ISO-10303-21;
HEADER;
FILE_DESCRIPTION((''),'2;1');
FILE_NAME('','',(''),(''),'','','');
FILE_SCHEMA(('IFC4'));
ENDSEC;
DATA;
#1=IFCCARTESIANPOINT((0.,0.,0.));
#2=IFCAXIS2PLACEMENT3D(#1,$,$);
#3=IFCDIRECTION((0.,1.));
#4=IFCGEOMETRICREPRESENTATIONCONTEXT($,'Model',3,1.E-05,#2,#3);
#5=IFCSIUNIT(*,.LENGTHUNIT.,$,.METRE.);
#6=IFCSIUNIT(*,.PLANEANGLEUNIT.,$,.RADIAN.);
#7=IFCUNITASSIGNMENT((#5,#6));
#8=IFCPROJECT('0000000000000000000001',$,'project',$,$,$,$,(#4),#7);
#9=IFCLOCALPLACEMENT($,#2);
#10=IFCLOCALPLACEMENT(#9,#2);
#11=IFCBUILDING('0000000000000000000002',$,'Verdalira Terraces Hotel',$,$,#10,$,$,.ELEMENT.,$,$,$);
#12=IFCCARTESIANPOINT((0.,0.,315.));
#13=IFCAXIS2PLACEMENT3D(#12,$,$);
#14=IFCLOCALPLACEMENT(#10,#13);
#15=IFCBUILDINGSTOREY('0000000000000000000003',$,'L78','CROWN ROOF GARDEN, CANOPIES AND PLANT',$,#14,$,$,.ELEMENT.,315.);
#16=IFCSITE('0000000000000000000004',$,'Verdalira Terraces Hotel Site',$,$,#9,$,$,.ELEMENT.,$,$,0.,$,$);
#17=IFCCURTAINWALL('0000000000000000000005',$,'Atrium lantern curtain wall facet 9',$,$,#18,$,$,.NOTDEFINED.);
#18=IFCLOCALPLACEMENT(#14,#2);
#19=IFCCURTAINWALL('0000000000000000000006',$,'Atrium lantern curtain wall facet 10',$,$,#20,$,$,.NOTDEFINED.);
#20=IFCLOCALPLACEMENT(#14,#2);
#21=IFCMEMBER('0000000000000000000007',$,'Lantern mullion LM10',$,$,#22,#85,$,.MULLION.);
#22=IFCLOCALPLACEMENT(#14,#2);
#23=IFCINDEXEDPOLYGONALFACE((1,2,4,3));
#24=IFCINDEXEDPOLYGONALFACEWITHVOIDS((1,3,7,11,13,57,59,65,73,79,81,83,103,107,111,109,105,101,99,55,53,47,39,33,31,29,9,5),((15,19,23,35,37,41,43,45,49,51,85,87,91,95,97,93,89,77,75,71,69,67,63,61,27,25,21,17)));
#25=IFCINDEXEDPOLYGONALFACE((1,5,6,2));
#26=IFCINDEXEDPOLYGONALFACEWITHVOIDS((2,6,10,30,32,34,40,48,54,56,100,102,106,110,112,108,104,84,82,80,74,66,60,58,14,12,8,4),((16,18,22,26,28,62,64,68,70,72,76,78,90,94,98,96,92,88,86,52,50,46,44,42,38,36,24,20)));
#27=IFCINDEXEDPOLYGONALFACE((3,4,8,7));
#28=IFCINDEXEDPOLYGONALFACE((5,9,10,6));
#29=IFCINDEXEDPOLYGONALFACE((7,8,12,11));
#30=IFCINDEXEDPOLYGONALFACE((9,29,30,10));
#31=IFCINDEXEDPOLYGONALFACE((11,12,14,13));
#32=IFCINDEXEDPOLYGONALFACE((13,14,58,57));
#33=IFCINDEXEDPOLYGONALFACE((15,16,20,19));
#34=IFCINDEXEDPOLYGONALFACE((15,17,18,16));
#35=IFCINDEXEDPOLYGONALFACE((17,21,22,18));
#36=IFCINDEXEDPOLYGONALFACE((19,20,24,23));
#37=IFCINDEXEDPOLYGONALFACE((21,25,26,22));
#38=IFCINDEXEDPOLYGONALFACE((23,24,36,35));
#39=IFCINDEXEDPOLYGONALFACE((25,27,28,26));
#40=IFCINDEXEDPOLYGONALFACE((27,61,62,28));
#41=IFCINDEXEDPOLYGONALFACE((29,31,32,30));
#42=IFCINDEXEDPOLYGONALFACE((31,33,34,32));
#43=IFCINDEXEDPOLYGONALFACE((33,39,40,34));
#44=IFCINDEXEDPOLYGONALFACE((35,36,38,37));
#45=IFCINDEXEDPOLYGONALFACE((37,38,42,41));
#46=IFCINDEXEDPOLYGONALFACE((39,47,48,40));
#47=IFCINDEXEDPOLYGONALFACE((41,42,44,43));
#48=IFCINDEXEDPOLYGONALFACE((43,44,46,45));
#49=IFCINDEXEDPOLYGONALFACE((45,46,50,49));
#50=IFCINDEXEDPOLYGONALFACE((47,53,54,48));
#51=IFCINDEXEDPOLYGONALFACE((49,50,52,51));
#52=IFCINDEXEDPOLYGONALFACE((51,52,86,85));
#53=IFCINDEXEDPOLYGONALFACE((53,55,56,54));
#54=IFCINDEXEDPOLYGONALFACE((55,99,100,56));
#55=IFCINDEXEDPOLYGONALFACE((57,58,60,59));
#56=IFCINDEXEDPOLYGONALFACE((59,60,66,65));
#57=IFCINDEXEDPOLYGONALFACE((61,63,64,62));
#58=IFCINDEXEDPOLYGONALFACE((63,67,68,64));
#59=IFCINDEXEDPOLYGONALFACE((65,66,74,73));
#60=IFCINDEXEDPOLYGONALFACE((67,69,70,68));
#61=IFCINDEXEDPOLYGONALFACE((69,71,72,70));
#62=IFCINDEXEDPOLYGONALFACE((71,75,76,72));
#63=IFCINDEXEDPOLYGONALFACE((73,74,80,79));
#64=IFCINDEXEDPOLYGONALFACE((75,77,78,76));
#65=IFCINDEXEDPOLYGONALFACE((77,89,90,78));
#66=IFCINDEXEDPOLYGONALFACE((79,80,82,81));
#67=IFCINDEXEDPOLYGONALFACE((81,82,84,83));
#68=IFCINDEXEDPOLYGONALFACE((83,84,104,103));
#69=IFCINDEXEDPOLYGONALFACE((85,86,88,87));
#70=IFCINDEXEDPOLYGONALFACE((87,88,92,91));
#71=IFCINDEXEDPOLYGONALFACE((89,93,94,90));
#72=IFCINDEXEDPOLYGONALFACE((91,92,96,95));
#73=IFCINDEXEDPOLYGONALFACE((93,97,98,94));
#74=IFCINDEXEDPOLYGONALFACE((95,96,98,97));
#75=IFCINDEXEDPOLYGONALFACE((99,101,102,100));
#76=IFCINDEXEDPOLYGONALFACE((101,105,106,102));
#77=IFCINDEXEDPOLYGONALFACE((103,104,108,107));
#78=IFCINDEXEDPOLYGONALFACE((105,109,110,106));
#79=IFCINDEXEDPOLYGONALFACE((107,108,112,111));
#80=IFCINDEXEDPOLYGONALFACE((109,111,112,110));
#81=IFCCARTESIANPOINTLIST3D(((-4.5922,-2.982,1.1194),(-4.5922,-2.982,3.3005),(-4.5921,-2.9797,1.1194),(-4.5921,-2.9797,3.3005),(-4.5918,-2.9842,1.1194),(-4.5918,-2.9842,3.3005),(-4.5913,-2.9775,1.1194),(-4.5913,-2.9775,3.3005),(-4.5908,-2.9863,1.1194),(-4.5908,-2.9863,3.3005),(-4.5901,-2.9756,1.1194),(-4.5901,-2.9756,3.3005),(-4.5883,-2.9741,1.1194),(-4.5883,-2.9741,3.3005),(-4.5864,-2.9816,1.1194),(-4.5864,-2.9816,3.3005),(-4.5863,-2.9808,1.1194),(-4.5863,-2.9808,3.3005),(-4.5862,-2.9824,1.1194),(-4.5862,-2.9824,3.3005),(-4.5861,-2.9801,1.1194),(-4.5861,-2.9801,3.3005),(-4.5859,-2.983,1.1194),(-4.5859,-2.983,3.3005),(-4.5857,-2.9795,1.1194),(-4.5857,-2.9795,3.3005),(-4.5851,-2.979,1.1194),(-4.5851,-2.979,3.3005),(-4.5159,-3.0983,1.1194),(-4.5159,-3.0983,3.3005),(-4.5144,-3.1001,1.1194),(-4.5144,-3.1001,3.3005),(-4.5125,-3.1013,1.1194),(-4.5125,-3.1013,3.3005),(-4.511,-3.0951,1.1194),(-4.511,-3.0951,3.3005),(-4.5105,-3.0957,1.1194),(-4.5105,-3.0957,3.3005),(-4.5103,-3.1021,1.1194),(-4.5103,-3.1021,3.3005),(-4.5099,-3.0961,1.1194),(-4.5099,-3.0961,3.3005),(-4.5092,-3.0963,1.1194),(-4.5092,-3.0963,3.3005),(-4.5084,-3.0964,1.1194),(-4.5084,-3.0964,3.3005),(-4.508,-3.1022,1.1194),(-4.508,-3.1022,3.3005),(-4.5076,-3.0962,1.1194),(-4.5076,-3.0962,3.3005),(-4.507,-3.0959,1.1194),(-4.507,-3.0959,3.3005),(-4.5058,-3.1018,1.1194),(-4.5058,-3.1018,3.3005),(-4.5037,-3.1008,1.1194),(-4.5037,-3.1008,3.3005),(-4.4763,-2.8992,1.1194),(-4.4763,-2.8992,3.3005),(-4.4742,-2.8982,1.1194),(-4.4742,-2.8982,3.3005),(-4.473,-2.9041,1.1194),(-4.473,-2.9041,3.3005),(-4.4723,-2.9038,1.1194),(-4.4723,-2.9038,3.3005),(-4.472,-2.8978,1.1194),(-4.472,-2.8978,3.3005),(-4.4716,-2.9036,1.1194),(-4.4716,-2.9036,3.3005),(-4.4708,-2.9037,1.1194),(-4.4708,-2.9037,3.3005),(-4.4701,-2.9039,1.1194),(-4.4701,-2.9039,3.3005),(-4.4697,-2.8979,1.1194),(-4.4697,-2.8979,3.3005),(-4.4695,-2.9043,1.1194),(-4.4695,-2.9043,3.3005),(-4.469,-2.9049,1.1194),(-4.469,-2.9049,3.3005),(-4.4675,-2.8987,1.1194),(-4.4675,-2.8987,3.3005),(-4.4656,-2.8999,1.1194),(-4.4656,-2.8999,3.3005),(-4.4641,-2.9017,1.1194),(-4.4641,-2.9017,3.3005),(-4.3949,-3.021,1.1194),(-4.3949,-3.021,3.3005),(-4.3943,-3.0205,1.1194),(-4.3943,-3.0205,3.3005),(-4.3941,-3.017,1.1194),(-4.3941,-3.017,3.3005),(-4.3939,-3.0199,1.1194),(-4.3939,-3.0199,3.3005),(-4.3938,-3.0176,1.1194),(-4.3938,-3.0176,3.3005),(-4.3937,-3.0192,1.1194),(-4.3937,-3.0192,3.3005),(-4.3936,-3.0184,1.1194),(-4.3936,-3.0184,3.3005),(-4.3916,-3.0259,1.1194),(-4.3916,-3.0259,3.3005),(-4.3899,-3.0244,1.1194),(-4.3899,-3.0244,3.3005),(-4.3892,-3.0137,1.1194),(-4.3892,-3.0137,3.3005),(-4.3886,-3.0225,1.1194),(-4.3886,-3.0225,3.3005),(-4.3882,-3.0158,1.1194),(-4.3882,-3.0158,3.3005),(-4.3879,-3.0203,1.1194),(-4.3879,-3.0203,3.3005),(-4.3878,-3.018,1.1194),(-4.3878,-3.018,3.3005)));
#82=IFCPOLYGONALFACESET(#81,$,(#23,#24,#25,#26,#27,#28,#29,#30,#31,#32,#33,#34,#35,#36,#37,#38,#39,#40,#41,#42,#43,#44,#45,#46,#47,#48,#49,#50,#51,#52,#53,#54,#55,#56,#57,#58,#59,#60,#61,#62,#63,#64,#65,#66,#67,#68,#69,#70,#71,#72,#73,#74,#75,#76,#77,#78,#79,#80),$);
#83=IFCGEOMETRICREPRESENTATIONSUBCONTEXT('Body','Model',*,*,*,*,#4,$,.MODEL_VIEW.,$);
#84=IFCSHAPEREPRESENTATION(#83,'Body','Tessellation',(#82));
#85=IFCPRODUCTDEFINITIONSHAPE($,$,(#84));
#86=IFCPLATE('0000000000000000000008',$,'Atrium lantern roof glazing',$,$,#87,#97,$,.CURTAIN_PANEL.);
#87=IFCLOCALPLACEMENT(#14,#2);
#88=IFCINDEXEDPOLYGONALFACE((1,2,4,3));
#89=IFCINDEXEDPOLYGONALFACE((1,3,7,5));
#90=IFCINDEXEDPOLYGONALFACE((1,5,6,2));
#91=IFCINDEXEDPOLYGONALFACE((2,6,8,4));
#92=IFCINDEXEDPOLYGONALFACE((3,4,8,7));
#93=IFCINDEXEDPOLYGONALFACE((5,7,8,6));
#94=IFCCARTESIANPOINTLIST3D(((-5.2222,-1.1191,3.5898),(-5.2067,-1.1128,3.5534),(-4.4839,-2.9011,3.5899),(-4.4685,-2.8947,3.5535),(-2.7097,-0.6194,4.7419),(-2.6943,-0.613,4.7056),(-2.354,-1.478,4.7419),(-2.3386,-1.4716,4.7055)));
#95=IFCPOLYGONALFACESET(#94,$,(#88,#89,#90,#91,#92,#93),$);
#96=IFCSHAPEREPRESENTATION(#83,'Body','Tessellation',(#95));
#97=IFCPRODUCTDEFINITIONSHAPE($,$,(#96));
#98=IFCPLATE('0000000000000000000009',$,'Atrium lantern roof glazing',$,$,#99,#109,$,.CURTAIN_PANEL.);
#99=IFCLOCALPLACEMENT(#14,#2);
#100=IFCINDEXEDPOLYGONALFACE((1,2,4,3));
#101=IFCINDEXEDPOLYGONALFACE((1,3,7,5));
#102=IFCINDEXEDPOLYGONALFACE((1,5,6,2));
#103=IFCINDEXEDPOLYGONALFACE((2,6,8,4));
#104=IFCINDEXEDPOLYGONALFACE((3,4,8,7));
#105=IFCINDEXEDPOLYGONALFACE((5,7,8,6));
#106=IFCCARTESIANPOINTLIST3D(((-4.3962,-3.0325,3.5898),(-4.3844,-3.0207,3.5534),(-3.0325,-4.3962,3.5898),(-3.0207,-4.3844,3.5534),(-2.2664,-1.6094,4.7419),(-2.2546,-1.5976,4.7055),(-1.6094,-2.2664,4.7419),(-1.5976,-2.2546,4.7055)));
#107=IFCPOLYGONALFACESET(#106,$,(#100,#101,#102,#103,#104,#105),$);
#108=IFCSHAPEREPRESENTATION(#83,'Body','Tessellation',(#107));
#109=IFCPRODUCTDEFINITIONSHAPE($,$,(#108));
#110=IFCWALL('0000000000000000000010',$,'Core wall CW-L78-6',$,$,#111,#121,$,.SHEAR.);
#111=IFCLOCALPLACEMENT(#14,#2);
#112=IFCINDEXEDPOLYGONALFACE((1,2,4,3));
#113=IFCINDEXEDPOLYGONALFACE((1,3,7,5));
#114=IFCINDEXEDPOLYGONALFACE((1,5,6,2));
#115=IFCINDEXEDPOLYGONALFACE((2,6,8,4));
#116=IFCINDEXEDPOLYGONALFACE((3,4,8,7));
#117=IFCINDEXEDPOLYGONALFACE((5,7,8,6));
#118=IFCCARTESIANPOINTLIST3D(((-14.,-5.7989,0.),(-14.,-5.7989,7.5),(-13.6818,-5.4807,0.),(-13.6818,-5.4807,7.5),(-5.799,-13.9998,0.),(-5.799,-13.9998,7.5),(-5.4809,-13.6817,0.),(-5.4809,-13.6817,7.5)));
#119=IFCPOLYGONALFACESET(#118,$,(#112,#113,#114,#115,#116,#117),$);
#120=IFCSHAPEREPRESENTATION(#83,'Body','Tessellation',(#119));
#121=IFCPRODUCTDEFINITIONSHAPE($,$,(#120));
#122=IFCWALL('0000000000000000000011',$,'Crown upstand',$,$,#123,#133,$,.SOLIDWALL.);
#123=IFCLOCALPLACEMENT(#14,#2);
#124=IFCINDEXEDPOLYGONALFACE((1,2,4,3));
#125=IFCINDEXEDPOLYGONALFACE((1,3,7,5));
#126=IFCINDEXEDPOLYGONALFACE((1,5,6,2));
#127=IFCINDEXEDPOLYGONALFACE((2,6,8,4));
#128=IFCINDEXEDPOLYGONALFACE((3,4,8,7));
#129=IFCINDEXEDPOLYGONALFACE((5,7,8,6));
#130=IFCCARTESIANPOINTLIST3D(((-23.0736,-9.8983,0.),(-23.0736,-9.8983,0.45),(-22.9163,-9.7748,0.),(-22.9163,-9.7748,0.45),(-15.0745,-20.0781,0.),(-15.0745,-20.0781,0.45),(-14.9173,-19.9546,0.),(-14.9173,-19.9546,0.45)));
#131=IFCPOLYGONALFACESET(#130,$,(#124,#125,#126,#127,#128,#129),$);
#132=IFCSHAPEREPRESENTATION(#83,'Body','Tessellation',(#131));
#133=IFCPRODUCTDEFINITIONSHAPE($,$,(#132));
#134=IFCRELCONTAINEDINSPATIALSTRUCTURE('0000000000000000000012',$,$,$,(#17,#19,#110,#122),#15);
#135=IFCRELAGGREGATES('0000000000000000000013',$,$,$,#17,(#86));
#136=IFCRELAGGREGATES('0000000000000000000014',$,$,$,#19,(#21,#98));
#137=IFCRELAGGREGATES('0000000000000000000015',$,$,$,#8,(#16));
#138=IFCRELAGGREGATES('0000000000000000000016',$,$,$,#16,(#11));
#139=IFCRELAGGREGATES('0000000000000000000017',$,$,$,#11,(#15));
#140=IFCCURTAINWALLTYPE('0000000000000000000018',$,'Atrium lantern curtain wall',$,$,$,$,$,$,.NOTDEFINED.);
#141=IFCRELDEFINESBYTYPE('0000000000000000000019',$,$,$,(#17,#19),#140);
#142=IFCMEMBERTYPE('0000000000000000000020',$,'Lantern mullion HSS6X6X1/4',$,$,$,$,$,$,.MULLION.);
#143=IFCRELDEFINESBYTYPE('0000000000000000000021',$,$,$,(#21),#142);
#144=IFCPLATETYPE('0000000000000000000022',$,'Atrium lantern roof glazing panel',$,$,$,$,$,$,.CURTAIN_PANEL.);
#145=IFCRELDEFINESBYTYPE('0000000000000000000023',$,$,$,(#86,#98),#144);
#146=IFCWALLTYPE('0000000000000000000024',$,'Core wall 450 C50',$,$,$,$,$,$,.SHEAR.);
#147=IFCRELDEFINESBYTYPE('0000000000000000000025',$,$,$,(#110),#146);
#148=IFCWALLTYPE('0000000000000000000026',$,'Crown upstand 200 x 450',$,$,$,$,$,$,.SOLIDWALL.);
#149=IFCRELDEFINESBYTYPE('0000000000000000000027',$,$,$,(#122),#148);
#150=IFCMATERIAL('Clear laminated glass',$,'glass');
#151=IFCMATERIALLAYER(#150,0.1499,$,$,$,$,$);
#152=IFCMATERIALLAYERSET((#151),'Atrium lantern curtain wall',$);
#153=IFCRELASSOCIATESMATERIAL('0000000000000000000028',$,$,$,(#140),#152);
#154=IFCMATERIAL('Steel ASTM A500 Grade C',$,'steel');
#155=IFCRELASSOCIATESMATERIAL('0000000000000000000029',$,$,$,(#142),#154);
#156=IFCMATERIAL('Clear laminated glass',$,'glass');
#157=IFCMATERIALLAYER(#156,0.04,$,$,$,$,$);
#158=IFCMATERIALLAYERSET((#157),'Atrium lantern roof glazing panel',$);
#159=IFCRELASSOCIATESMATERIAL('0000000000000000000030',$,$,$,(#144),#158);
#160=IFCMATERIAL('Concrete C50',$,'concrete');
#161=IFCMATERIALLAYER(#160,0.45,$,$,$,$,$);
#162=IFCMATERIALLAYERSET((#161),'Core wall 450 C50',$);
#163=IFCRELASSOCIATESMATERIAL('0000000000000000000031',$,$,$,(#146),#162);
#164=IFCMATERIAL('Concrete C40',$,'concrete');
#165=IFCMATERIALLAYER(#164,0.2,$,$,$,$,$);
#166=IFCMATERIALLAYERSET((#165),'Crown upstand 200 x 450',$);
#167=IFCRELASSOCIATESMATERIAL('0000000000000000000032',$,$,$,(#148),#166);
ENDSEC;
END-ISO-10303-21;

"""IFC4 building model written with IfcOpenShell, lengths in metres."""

from ifc_helpers import new_model, si_unit, direction, frame, frame_2d, origin, origin_2d, place, context, subcontext, project, spatial, polyline, rectangle, hollow_rectangle, outline, extrude, material, layer, layer_set, material_profile, profile_set, type_object, element, aggregate, save


model = new_model("IFC4")

# Units and contexts
model_context = context("Model", 3, precision=1e-05, world=origin(), true_north=direction((0.0, 1.0)))
body_context = subcontext(model_context, "Body", "Model", "MODEL_VIEW")
ifc_project = project(units=[si_unit("LENGTHUNIT", "METRE"), si_unit("PLANEANGLEUNIT", "RADIAN")], contexts=[model_context])

# Site, building, storey
site_placement = place(None, origin())
site = spatial("IfcSite", under=ifc_project, at=site_placement, Name="Verdalira Terraces Hotel Site", CompositionType="ELEMENT", RefElevation=0.0)
building_placement = place(site_placement, origin())
building = spatial("IfcBuilding", under=site, at=building_placement, Name="Verdalira Terraces Hotel", CompositionType="ELEMENT")
storey_placement = place(building_placement, frame((0.0, 0.0, 315.0)))
storey = spatial("IfcBuildingStorey", under=building, at=storey_placement, Name="L78", Description="CROWN ROOF GARDEN, CANOPIES AND PLANT", CompositionType="ELEMENT", Elevation=315.0)

# Curtain walls
ifc_material_1 = material(Name="Clear laminated glass", Category="glass")
ifc_layer_1 = layer(ifc_material_1, 0.1499)
ifc_layer_set_1 = layer_set([ifc_layer_1], Name="Atrium lantern curtain wall")
curtain_wall_type = type_object("IfcCurtainWallType", Name="Atrium lantern curtain wall", PredefinedType="NOTDEFINED", material=ifc_layer_set_1)
curtain_wall_1_placement = place(storey_placement, origin())
curtain_wall_1 = element("IfcCurtainWall", 1, at=curtain_wall_1_placement, inside=storey, type_object=curtain_wall_type, Name="Atrium lantern curtain wall facet 9", PredefinedType="NOTDEFINED")
curtain_wall_2_placement = place(storey_placement, origin())
curtain_wall_2 = element("IfcCurtainWall", 2, at=curtain_wall_2_placement, inside=storey, type_object=curtain_wall_type, Name="Atrium lantern curtain wall facet 10", PredefinedType="NOTDEFINED")

# Member
ifc_material_2 = material(Name="Steel ASTM A500 Grade C", Category="steel")
ifc_material_profile_1 = material_profile(ifc_material_2, hollow_rectangle(XDim=0.1523, YDim=0.1523, WallThickness=0.0059, InnerFilletRadius=0.0029, OuterFilletRadius=0.0088, at=origin_2d()), Name="HSS6X6X1/4")
ifc_profile_set_1 = profile_set([ifc_material_profile_1], Name="Steel ASTM A500 Grade C")
member_type_1 = type_object("IfcMemberType", Name="Lantern mullion HSS6X6X1/4", PredefinedType="MULLION", material=ifc_profile_set_1)
member_1_placement = place(storey_placement, frame((-4.49, -3.0, 1.1194), z_axis=(0.0, 0.0, 1.0), x_axis=(-0.83147, -0.55557, 0.0)))
member_1 = element("IfcMember", 3, at=member_1_placement, type_object=member_type_1, Name="Lantern mullion LM10", PredefinedType="MULLION", context=body_context, shape_type="SweptSolid", body=[
    extrude(hollow_rectangle(XDim=0.1523, YDim=0.1523, WallThickness=0.0059, InnerFilletRadius=0.0029, OuterFilletRadius=0.0088, at=origin_2d()), origin(), (0.0, 0.0, 1.0), 2.1812),
])

# Plates
ifc_material_3 = material(Name="Clear laminated glass", Category="glass")
ifc_layer_2 = layer(ifc_material_3, 0.04)
ifc_layer_set_2 = layer_set([ifc_layer_2], Name="Atrium lantern roof glazing panel")
plate_type = type_object("IfcPlateType", Name="Atrium lantern roof glazing panel", PredefinedType="CURTAIN_PANEL", material=ifc_layer_set_2)
plate_1_placement = place(storey_placement, frame((-5.2222, -1.1191, 3.5898), z_axis=(-0.385089, -0.15954, 0.908985), x_axis=(0.382753, -0.923851, 0.000003)))
plate_1 = element("IfcPlate", 4, at=plate_1_placement, type_object=plate_type, Name="Atrium lantern roof glazing", PredefinedType="CURTAIN_PANEL", context=body_context, shape_type="SweptSolid", body=[
    extrude(outline(polyline([(0.0, 0.0), (1.9289, 0.0), (1.4294, 2.764), (0.5, 2.764), (0.0, 0.0)])), origin(), (0.0, 0.0, -1.0), 0.04),
])
plate_2_placement = place(storey_placement, frame((-4.3962, -3.0325, 3.5898), z_axis=(-0.294749, -0.294749, 0.908981), x_axis=(0.707107, -0.707107, 0.0)))
plate_2 = element("IfcPlate", 5, at=plate_2_placement, type_object=plate_type, Name="Atrium lantern roof glazing", PredefinedType="CURTAIN_PANEL", context=body_context, shape_type="SweptSolid", body=[
    extrude(outline(polyline([(0.0, 0.0), (1.9287, 0.0), (1.4289, 2.7639), (0.4998, 2.7639), (0.0, 0.0)])), origin(), (0.0, 0.0, -1.0), 0.04),
])

# Walls
ifc_material_4 = material(Name="Concrete C50", Category="concrete")
ifc_layer_3 = layer(ifc_material_4, 0.45)
ifc_layer_set_3 = layer_set([ifc_layer_3], Name="Core wall 450 C50")
wall_type_1 = type_object("IfcWallType", Name="Core wall 450 C50", PredefinedType="SHEAR", material=ifc_layer_set_3)
wall_1_placement = place(storey_placement, frame((-13.8408, -5.6399, 0.0), z_axis=(0.0, 0.0, 1.0), x_axis=(0.707107, -0.707107, 0.0)))
element("IfcWall", 6, at=wall_1_placement, inside=storey, type_object=wall_type_1, Name="Core wall CW-L78-6", PredefinedType="SHEAR", context=body_context, shape_type="SweptSolid", body=[
    extrude(rectangle(XDim=11.5979, YDim=0.45, at=frame_2d((5.7988, 0.0))), origin(), (0.0, 0.0, 1.0), 7.5),
])
ifc_material_5 = material(Name="Concrete C40", Category="concrete")
ifc_layer_4 = layer(ifc_material_5, 0.2)
ifc_layer_set_4 = layer_set([ifc_layer_4], Name="Crown upstand 200 x 450")
wall_type_2 = type_object("IfcWallType", Name="Crown upstand 200 x 450", PredefinedType="SOLIDWALL", material=ifc_layer_set_4)
wall_2_placement = place(storey_placement, frame((-22.9949, -9.8367, 0.0), z_axis=(0.0, 0.0, 1.0), x_axis=(0.617855, -0.786292, 0.0)))
element("IfcWall", 7, at=wall_2_placement, inside=storey, type_object=wall_type_2, Name="Crown upstand", PredefinedType="SOLIDWALL", context=body_context, shape_type="SweptSolid", body=[
    extrude(rectangle(XDim=12.9465, YDim=0.2, at=frame_2d((6.4731, 0.0))), origin(), (0.0, 0.0, 1.0), 0.45),
])

aggregate(curtain_wall_1, [plate_1])
aggregate(curtain_wall_2, [member_1, plate_2])

save(model, "model.ifc")
